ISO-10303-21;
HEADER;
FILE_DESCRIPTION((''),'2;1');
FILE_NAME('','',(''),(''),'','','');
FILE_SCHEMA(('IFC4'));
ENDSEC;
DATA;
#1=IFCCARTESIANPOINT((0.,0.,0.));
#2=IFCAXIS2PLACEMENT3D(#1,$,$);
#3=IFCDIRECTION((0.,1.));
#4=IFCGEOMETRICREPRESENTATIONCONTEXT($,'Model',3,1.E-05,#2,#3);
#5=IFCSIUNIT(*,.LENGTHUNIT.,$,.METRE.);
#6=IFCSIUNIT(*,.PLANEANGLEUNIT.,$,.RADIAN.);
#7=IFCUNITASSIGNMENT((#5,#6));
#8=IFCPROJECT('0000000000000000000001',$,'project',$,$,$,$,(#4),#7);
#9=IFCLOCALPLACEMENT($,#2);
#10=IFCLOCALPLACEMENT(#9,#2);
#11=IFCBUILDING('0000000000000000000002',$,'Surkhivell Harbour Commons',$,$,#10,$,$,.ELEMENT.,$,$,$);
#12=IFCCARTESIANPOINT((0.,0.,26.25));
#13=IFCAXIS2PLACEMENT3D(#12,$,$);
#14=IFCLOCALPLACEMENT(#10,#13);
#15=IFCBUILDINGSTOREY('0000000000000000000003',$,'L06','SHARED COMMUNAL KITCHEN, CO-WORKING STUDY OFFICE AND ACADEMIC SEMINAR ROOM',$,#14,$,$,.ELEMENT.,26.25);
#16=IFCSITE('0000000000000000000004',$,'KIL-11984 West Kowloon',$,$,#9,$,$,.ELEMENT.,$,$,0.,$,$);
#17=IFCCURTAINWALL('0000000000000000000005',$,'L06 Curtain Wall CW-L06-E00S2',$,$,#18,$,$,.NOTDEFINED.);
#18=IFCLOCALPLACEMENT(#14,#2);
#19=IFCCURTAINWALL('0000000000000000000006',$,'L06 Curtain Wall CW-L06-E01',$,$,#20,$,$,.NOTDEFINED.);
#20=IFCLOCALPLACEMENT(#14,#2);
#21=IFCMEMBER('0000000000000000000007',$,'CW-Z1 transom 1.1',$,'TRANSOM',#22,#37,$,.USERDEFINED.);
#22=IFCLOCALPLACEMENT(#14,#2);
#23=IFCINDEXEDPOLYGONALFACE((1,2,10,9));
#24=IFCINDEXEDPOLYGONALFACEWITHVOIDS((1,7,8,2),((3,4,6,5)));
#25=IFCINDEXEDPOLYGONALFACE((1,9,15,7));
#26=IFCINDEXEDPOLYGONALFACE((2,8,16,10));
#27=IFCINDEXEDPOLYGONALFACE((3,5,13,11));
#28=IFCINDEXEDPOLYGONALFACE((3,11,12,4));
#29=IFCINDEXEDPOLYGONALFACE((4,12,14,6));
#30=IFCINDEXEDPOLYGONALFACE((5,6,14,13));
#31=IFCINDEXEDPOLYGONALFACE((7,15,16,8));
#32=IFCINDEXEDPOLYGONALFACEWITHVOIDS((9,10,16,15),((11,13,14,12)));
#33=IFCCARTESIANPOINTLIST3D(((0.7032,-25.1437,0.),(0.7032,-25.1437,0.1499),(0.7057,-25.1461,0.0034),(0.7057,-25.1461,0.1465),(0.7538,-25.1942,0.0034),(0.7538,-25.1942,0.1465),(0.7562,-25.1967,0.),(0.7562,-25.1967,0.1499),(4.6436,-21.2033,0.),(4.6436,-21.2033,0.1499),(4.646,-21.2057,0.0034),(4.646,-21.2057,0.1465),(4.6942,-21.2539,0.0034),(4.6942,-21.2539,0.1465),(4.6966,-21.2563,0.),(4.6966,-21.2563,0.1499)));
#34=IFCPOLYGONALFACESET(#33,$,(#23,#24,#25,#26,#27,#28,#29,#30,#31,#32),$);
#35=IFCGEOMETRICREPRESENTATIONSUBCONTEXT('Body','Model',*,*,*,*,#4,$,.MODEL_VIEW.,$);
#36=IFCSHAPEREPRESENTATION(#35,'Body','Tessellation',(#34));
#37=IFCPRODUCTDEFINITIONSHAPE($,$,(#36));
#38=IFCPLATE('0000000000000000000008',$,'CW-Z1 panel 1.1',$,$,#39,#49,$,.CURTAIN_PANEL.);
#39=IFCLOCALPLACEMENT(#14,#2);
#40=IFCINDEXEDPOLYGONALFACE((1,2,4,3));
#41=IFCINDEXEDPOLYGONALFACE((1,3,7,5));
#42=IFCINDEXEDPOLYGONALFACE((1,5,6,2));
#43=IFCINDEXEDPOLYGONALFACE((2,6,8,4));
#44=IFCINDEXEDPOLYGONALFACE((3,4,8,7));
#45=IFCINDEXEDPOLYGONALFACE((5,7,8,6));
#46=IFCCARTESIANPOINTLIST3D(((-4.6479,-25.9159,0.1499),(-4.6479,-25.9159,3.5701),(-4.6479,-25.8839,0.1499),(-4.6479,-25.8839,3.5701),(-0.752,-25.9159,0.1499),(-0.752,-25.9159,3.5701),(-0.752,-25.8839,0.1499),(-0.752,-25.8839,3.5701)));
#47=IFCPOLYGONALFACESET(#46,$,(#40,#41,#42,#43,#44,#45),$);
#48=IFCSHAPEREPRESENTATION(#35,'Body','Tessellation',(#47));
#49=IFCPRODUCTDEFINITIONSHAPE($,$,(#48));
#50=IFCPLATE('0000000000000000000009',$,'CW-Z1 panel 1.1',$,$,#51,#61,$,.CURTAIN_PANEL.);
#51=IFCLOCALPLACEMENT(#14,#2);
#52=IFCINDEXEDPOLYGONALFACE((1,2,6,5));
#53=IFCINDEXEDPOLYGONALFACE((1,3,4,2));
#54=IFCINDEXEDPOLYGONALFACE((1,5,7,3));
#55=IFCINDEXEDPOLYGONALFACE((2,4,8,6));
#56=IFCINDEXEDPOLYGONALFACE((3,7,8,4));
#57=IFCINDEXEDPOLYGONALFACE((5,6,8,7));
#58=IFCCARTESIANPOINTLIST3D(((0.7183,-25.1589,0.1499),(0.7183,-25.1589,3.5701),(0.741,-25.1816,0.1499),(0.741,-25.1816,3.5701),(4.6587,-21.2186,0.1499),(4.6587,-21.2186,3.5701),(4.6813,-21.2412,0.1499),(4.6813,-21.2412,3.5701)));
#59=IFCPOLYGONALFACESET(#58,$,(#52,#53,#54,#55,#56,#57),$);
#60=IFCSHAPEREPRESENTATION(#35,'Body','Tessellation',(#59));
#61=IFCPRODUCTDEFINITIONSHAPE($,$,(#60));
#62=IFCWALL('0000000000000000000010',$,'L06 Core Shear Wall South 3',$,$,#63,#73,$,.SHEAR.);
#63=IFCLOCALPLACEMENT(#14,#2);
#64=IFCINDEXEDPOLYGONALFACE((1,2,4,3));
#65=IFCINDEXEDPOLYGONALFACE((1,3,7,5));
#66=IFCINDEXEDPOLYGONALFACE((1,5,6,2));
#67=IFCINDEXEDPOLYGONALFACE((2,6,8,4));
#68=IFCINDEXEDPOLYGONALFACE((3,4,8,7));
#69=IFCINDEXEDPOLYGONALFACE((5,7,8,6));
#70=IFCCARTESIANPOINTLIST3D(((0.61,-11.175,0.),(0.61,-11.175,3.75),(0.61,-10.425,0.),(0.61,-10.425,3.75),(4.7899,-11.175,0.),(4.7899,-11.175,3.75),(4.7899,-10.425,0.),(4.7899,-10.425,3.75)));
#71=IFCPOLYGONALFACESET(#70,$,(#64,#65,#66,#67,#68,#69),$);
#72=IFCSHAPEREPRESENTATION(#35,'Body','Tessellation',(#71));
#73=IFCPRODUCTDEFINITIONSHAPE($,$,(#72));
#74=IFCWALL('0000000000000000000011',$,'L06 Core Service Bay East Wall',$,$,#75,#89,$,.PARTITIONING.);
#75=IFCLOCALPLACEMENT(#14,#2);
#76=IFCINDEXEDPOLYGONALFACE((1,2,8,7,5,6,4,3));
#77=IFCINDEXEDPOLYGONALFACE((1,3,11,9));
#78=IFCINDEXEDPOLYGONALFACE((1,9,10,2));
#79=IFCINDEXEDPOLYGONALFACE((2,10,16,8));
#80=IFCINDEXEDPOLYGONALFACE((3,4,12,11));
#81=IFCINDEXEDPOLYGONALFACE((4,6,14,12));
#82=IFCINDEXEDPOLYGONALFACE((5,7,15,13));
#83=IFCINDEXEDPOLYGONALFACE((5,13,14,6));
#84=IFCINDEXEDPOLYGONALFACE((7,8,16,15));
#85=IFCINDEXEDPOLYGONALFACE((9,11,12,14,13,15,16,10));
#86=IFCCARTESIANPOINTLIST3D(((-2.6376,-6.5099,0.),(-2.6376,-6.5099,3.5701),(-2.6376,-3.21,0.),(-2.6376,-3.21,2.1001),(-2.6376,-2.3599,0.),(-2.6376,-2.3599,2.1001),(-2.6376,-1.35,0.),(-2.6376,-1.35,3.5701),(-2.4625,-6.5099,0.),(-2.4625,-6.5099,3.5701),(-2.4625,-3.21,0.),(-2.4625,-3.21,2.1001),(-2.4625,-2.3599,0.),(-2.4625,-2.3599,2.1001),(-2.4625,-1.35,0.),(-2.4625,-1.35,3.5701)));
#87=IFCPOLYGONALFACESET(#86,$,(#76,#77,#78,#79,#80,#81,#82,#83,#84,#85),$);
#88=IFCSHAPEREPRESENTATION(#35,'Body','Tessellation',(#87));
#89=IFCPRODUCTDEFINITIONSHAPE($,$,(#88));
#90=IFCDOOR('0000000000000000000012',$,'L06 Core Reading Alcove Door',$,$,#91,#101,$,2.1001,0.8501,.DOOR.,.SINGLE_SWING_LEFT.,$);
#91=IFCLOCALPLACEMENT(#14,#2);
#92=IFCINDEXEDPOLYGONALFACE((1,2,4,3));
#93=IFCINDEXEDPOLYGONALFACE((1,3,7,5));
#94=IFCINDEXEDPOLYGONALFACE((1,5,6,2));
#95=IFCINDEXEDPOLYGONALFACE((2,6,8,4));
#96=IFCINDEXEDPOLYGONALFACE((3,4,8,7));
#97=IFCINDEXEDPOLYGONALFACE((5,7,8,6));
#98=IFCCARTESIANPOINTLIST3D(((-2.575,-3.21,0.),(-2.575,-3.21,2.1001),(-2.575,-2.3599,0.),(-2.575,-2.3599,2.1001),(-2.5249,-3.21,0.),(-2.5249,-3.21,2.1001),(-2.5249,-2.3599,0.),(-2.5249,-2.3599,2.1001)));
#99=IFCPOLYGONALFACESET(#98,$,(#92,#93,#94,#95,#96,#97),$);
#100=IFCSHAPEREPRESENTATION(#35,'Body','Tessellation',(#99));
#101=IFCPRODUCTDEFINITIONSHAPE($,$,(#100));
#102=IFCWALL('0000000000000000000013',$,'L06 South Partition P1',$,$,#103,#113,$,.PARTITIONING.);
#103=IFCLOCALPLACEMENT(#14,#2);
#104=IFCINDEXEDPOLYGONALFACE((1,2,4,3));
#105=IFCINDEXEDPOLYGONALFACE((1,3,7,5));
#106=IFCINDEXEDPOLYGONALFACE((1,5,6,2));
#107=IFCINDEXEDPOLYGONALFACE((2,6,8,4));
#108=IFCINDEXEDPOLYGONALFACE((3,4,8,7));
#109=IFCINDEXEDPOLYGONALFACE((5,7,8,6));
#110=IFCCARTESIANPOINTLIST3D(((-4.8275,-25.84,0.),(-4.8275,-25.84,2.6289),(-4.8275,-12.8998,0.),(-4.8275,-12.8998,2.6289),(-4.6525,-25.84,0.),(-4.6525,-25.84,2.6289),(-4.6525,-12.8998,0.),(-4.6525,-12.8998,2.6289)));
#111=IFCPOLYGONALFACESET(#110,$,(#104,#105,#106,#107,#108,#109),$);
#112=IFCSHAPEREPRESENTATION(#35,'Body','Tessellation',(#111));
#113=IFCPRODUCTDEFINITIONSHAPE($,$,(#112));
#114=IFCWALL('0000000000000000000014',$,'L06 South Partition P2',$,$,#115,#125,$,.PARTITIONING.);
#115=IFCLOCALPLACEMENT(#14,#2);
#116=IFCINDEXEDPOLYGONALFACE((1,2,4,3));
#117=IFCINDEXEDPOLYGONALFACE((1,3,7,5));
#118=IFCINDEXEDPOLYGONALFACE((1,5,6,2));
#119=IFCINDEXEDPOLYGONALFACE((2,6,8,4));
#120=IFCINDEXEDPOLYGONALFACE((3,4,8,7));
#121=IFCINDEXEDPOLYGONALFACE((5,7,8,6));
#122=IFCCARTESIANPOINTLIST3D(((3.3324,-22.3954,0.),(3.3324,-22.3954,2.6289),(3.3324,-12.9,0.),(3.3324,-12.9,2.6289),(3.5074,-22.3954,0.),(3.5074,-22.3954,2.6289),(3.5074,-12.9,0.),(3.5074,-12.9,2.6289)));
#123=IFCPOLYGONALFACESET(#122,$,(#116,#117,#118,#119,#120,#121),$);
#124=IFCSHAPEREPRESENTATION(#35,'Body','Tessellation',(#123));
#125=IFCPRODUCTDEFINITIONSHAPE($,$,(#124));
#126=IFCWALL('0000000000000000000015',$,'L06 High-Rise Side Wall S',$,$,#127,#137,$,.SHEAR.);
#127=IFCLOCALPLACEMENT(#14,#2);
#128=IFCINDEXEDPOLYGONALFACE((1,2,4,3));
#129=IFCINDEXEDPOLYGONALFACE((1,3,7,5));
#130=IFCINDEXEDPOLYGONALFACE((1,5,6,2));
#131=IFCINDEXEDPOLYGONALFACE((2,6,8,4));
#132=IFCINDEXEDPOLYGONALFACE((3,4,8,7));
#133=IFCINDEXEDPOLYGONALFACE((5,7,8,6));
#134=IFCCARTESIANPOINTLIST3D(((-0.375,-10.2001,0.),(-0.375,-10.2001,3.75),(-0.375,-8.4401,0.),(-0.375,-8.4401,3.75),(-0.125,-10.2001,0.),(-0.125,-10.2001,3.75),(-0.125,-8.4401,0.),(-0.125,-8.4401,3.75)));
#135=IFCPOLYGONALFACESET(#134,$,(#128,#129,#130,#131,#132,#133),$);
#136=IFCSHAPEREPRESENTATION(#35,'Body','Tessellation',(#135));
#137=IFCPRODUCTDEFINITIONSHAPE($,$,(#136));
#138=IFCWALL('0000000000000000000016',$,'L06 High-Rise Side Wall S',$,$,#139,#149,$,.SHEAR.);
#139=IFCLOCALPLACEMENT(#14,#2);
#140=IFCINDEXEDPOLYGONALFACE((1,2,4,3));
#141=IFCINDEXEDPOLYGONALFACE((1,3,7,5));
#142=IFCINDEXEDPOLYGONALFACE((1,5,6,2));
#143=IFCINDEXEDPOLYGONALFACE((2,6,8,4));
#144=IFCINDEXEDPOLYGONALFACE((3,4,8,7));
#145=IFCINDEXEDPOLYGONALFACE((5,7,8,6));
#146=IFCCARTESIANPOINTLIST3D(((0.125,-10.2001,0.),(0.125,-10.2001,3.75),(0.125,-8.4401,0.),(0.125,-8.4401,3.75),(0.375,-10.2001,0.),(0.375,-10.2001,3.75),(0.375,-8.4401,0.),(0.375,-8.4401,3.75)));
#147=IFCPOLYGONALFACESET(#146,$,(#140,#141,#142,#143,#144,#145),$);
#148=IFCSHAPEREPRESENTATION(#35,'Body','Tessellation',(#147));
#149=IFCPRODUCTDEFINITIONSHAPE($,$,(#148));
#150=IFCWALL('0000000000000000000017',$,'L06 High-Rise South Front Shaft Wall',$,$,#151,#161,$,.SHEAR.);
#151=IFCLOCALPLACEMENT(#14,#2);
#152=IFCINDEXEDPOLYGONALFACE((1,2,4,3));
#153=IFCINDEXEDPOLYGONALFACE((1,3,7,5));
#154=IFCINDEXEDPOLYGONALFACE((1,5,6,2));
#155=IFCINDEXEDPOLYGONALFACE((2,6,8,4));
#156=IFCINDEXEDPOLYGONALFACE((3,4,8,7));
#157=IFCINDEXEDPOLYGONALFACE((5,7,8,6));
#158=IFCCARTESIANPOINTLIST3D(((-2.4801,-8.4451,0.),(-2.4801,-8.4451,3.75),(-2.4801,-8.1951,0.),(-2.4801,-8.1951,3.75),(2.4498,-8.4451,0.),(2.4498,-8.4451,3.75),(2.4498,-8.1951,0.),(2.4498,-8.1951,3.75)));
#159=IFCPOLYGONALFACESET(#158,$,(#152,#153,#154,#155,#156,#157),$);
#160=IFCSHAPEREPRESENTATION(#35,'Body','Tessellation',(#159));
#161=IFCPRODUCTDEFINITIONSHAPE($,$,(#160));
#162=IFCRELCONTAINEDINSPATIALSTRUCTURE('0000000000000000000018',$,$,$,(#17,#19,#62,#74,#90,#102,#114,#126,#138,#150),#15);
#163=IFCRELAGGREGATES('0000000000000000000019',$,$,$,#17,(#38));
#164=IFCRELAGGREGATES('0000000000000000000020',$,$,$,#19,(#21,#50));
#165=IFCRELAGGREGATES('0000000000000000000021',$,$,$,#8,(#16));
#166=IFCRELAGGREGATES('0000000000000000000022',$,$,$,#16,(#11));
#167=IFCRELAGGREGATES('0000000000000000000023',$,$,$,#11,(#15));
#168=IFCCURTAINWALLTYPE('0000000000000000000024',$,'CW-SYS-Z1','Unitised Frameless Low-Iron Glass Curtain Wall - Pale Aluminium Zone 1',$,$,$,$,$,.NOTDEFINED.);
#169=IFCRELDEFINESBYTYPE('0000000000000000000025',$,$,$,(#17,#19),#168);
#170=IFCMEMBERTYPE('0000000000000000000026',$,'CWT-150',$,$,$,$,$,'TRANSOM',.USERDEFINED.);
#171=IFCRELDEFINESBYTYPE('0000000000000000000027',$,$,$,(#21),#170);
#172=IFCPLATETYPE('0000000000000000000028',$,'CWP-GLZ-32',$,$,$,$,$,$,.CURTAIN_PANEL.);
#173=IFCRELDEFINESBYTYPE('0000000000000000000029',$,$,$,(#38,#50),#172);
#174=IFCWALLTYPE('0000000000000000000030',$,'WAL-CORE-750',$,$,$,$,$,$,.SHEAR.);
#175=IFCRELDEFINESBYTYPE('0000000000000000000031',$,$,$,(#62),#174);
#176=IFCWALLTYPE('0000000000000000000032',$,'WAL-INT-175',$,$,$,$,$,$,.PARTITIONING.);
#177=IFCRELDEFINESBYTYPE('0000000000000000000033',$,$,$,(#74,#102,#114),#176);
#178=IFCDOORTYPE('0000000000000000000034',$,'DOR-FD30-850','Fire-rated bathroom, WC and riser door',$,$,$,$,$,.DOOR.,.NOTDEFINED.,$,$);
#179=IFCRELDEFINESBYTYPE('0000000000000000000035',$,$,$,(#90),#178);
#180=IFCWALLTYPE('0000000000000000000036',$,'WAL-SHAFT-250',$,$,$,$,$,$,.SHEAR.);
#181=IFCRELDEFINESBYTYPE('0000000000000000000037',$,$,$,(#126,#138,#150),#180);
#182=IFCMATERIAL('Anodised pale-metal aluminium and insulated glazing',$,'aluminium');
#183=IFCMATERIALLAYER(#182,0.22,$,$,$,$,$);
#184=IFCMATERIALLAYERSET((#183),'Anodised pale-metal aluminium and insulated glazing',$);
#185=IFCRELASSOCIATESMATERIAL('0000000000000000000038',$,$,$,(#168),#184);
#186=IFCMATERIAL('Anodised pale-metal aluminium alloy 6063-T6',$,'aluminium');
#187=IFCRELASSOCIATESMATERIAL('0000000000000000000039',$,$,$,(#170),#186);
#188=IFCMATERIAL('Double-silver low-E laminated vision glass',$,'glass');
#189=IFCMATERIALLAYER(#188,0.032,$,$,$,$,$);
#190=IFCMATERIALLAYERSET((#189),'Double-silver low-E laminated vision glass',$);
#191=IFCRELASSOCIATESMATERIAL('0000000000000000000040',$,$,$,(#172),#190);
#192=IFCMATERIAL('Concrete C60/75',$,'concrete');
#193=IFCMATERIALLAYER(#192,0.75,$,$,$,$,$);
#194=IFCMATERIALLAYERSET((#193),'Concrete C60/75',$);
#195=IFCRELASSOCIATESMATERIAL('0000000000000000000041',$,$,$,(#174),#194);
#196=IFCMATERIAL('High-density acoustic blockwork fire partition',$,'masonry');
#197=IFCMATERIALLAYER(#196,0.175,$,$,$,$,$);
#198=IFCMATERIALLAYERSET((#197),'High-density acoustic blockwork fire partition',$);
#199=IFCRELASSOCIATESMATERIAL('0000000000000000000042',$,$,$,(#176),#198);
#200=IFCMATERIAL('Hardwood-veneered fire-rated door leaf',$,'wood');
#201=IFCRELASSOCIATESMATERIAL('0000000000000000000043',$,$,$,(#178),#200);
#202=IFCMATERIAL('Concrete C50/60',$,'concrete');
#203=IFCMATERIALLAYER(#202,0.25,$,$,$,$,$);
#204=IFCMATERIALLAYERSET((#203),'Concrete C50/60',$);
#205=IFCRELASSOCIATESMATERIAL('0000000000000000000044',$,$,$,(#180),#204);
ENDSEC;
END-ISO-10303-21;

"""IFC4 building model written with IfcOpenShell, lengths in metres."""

from ifc_helpers import new_model, si_unit, direction, frame, frame_2d, origin, origin_2d, place, context, subcontext, project, spatial, rectangle, hollow_rectangle, extrude, material, layer, layer_set, material_profile, profile_set, type_object, element, fill, aggregate, save


model = new_model("IFC4")

# Units and contexts
model_context = context("Model", 3, precision=1e-05, world=origin(), true_north=direction((0.0, 1.0)))
body_context = subcontext(model_context, "Body", "Model", "MODEL_VIEW")
ifc_project = project(units=[si_unit("LENGTHUNIT", "METRE"), si_unit("PLANEANGLEUNIT", "RADIAN")], contexts=[model_context])

# Site, building, storey
site_placement = place(None, origin())
site = spatial("IfcSite", under=ifc_project, at=site_placement, Name="KIL-11984 West Kowloon", CompositionType="ELEMENT", RefElevation=0.0)
building_placement = place(site_placement, origin())
building = spatial("IfcBuilding", under=site, at=building_placement, Name="Surkhivell Harbour Commons", CompositionType="ELEMENT")
storey_placement = place(building_placement, frame((0.0, 0.0, 26.25)))
storey = spatial("IfcBuildingStorey", under=building, at=storey_placement, Name="L06", Description="SHARED COMMUNAL KITCHEN, CO-WORKING STUDY OFFICE AND ACADEMIC SEMINAR ROOM", CompositionType="ELEMENT", Elevation=26.25)

# Curtain wall
ifc_material_1 = material(Name="Anodised pale-metal aluminium and insulated glazing", Category="aluminium")
ifc_layer_1 = layer(ifc_material_1, 0.22)
ifc_layer_set_1 = layer_set([ifc_layer_1], Name="Anodised pale-metal aluminium and insulated glazing")
curtain_wall_type = type_object("IfcCurtainWallType", Name="CW-SYS-Z1", Description="Unitised Frameless Low-Iron Glass Curtain Wall - Pale Aluminium Zone 1", PredefinedType="NOTDEFINED", material=ifc_layer_set_1)
curtain_wall_1_placement = place(storey_placement, origin())
curtain_wall_1 = element("IfcCurtainWall", 1, at=curtain_wall_1_placement, inside=storey, type_object=curtain_wall_type, Name="L06 Curtain Wall CW-L06-E00S2", PredefinedType="NOTDEFINED")
ifc_material_2 = material(Name="Anodised pale-metal aluminium alloy 6063-T6", Category="aluminium")

# Curtain wall
curtain_wall_2_placement = place(storey_placement, origin())
curtain_wall_2 = element("IfcCurtainWall", 2, at=curtain_wall_2_placement, inside=storey, type_object=curtain_wall_type, Name="L06 Curtain Wall CW-L06-E01", PredefinedType="NOTDEFINED")

# Member
ifc_material_profile_1 = material_profile(ifc_material_2, hollow_rectangle(XDim=0.075, YDim=0.1499, WallThickness=0.0034, at=origin_2d()), Name="ALU-TRAN-75x150")
ifc_profile_set_1 = profile_set([ifc_material_profile_1], Name="Anodised pale-metal aluminium alloy 6063-T6")
member_type_1 = type_object("IfcMemberType", Name="CWT-150", ElementType="TRANSOM", PredefinedType="USERDEFINED", material=ifc_profile_set_1)
member_1_placement = place(storey_placement, frame((0.7297, -25.1702, 0.075), z_axis=(0.707107, 0.707107, 0.0), x_axis=(-0.707107, 0.707107, 0.0)))
member_1 = element("IfcMember", 3, at=member_1_placement, type_object=member_type_1, Name="CW-Z1 transom 1.1", ObjectType="TRANSOM", PredefinedType="USERDEFINED", context=body_context, shape_type="SweptSolid", body=[
    extrude(hollow_rectangle(XDim=0.075, YDim=0.1499, WallThickness=0.0034, at=origin_2d()), origin(), (0.0, 0.0, 1.0), 5.5725),
])

# Plates
ifc_material_3 = material(Name="Double-silver low-E laminated vision glass", Category="glass")
ifc_layer_2 = layer(ifc_material_3, 0.032)
ifc_layer_set_2 = layer_set([ifc_layer_2], Name="Double-silver low-E laminated vision glass")
plate_type = type_object("IfcPlateType", Name="CWP-GLZ-32", PredefinedType="CURTAIN_PANEL", material=ifc_layer_set_2)
plate_1_placement = place(storey_placement, frame((-4.6479, -25.8999, 0.1499), z_axis=(0.0, 0.0, 1.0), x_axis=(1.0, 0.0, 0.0)))
plate_1 = element("IfcPlate", 4, at=plate_1_placement, type_object=plate_type, Name="CW-Z1 panel 1.1", PredefinedType="CURTAIN_PANEL", context=body_context, shape_type="SweptSolid", body=[
    extrude(rectangle(XDim=3.896, YDim=0.032, at=frame_2d((1.948, 0.0))), origin(), (0.0, 0.0, 1.0), 3.4202),
])
aggregate(curtain_wall_1, [plate_1])
plate_2_placement = place(storey_placement, frame((0.7297, -25.1702, 0.1499), z_axis=(0.0, 0.0, 1.0), x_axis=(0.707107, 0.707107, 0.0)))
plate_2 = element("IfcPlate", 5, at=plate_2_placement, type_object=plate_type, Name="CW-Z1 panel 1.1", PredefinedType="CURTAIN_PANEL", context=body_context, shape_type="SweptSolid", body=[
    extrude(rectangle(XDim=5.5725, YDim=0.032, at=frame_2d((2.7861, 0.0))), origin(), (0.0, 0.0, 1.0), 3.4202),
])
aggregate(curtain_wall_2, [member_1, plate_2])

# Wall
ifc_material_4 = material(Name="Concrete C60/75", Category="concrete")
ifc_layer_3 = layer(ifc_material_4, 0.75)
ifc_layer_set_3 = layer_set([ifc_layer_3], Name="Concrete C60/75")
wall_type_1 = type_object("IfcWallType", Name="WAL-CORE-750", PredefinedType="SHEAR", material=ifc_layer_set_3)
wall_1_placement = place(storey_placement, frame((0.6101, -10.8, 0.0), z_axis=(0.0, 0.0, 1.0), x_axis=(1.0, 0.0, 0.0)))
element("IfcWall", 6, at=wall_1_placement, inside=storey, type_object=wall_type_1, Name="L06 Core Shear Wall South 3", PredefinedType="SHEAR", context=body_context, shape_type="SweptSolid", body=[
    extrude(rectangle(XDim=4.1799, YDim=0.75, at=frame_2d((2.0898, 0.0))), origin(), (0.0, 0.0, 1.0), 3.75),
])

# Wall, opening, door
ifc_material_5 = material(Name="High-density acoustic blockwork fire partition", Category="masonry")
ifc_layer_4 = layer(ifc_material_5, 0.175)
ifc_layer_set_4 = layer_set([ifc_layer_4], Name="High-density acoustic blockwork fire partition")
wall_type_2 = type_object("IfcWallType", Name="WAL-INT-175", PredefinedType="PARTITIONING", material=ifc_layer_set_4)
wall_2_placement = place(storey_placement, frame((-2.55, -6.51, 0.0), z_axis=(0.0, 0.0, 1.0), x_axis=(0.0, 1.0, 0.0)))
wall_2 = element("IfcWall", 7, at=wall_2_placement, inside=storey, type_object=wall_type_2, Name="L06 Core Service Bay East Wall", PredefinedType="PARTITIONING", context=body_context, shape_type="SweptSolid", body=[
    extrude(rectangle(XDim=5.1599, YDim=0.175, at=frame_2d((2.5801, 0.0))), origin(), (0.0, 0.0, 1.0), 3.5701),
])
opening_1_placement = place(wall_2_placement, frame((3.3, 0.0, 0.0)))
opening_1 = element("IfcOpeningElement", 8, at=opening_1_placement, cuts=wall_2, PredefinedType="OPENING", context=body_context, shape_type="SweptSolid", body=[
    extrude(rectangle(XDim=0.8501, YDim=2.1001, at=frame_2d((0.425, 1.05))), frame((0.0, 0.0974, 0.0), z_axis=(0.0, -1.0, 0.0), x_axis=(1.0, 0.0, 0.0)), (0.0, 0.0, 1.0), 0.1951),
])
ifc_material_6 = material(Name="Hardwood-veneered fire-rated door leaf", Category="wood")
door_type_1 = type_object("IfcDoorType", Name="DOR-FD30-850", Description="Fire-rated bathroom, WC and riser door", OperationType="NOTDEFINED", PredefinedType="DOOR", material=ifc_material_6)
door_1_placement = place(opening_1_placement, origin())
door_1 = element("IfcDoor", 9, at=door_1_placement, inside=storey, type_object=door_type_1, Name="L06 Core Reading Alcove Door", OperationType="SINGLE_SWING_LEFT", OverallHeight=2.1001, OverallWidth=0.8501, PredefinedType="DOOR", context=body_context, shape_type="SweptSolid", body=[
    extrude(rectangle(XDim=0.8501, YDim=2.1001, at=frame_2d((0.425, 1.05))), frame((0.0, 0.0249, 0.0), z_axis=(0.0, -1.0, 0.0), x_axis=(1.0, 0.0, 0.0)), (0.0, 0.0, 1.0), 0.05),
])
fill(opening_1, door_1)

# Walls
wall_3_placement = place(storey_placement, frame((-4.74, -25.8401, 0.0), z_axis=(0.0, 0.0, 1.0), x_axis=(0.0, 1.0, 0.0)))
element("IfcWall", 10, at=wall_3_placement, inside=storey, type_object=wall_type_2, Name="L06 South Partition P1", PredefinedType="PARTITIONING", context=body_context, shape_type="SweptSolid", body=[
    extrude(rectangle(XDim=12.9402, YDim=0.175, at=frame_2d((6.4702, 0.0))), origin(), (0.0, 0.0, 1.0), 2.6289),
])
wall_4_placement = place(storey_placement, frame((3.4199, -22.3953, 0.0), z_axis=(0.0, 0.0, 1.0), x_axis=(0.0, 1.0, 0.0)))
element("IfcWall", 11, at=wall_4_placement, inside=storey, type_object=wall_type_2, Name="L06 South Partition P2", PredefinedType="PARTITIONING", context=body_context, shape_type="SweptSolid", body=[
    extrude(rectangle(XDim=9.4954, YDim=0.175, at=frame_2d((4.7476, 0.0))), origin(), (0.0, 0.0, 1.0), 2.6289),
])
ifc_material_7 = material(Name="Concrete C50/60", Category="concrete")
ifc_layer_5 = layer(ifc_material_7, 0.25)
ifc_layer_set_5 = layer_set([ifc_layer_5], Name="Concrete C50/60")
wall_type_3 = type_object("IfcWallType", Name="WAL-SHAFT-250", PredefinedType="SHEAR", material=ifc_layer_set_5)
for number, where, z_axis, x_axis, name in (
    (12, (-0.25, -10.2, 0.0), (0.0, 0.0, 1.0), (0.0, 1.0, 0.0), "L06 High-Rise Side Wall S"),
    (13, (0.25, -10.2, 0.0), (0.0, 0.0, 1.0), (0.0, 1.0, 0.0), "L06 High-Rise Side Wall S"),
):
    element("IfcWall", number, at=place(storey_placement, frame(where, z_axis=z_axis, x_axis=x_axis)), inside=storey, type_object=wall_type_3, Name=name, PredefinedType="SHEAR", context=body_context, shape_type="SweptSolid", body=[
        extrude(rectangle(XDim=1.76, YDim=0.25, at=frame_2d((0.8799, 0.0))), origin(), (0.0, 0.0, 1.0), 3.75),
    ])
wall_5_placement = place(storey_placement, frame((-2.48, -8.3201, 0.0), z_axis=(0.0, 0.0, 1.0), x_axis=(1.0, 0.0, 0.0)))
element("IfcWall", 14, at=wall_5_placement, inside=storey, type_object=wall_type_3, Name="L06 High-Rise South Front Shaft Wall", PredefinedType="SHEAR", context=body_context, shape_type="SweptSolid", body=[
    extrude(rectangle(XDim=4.9299, YDim=0.25, at=frame_2d((2.4648, 0.0))), origin(), (0.0, 0.0, 1.0), 3.75),
])

save(model, "model.ifc")
